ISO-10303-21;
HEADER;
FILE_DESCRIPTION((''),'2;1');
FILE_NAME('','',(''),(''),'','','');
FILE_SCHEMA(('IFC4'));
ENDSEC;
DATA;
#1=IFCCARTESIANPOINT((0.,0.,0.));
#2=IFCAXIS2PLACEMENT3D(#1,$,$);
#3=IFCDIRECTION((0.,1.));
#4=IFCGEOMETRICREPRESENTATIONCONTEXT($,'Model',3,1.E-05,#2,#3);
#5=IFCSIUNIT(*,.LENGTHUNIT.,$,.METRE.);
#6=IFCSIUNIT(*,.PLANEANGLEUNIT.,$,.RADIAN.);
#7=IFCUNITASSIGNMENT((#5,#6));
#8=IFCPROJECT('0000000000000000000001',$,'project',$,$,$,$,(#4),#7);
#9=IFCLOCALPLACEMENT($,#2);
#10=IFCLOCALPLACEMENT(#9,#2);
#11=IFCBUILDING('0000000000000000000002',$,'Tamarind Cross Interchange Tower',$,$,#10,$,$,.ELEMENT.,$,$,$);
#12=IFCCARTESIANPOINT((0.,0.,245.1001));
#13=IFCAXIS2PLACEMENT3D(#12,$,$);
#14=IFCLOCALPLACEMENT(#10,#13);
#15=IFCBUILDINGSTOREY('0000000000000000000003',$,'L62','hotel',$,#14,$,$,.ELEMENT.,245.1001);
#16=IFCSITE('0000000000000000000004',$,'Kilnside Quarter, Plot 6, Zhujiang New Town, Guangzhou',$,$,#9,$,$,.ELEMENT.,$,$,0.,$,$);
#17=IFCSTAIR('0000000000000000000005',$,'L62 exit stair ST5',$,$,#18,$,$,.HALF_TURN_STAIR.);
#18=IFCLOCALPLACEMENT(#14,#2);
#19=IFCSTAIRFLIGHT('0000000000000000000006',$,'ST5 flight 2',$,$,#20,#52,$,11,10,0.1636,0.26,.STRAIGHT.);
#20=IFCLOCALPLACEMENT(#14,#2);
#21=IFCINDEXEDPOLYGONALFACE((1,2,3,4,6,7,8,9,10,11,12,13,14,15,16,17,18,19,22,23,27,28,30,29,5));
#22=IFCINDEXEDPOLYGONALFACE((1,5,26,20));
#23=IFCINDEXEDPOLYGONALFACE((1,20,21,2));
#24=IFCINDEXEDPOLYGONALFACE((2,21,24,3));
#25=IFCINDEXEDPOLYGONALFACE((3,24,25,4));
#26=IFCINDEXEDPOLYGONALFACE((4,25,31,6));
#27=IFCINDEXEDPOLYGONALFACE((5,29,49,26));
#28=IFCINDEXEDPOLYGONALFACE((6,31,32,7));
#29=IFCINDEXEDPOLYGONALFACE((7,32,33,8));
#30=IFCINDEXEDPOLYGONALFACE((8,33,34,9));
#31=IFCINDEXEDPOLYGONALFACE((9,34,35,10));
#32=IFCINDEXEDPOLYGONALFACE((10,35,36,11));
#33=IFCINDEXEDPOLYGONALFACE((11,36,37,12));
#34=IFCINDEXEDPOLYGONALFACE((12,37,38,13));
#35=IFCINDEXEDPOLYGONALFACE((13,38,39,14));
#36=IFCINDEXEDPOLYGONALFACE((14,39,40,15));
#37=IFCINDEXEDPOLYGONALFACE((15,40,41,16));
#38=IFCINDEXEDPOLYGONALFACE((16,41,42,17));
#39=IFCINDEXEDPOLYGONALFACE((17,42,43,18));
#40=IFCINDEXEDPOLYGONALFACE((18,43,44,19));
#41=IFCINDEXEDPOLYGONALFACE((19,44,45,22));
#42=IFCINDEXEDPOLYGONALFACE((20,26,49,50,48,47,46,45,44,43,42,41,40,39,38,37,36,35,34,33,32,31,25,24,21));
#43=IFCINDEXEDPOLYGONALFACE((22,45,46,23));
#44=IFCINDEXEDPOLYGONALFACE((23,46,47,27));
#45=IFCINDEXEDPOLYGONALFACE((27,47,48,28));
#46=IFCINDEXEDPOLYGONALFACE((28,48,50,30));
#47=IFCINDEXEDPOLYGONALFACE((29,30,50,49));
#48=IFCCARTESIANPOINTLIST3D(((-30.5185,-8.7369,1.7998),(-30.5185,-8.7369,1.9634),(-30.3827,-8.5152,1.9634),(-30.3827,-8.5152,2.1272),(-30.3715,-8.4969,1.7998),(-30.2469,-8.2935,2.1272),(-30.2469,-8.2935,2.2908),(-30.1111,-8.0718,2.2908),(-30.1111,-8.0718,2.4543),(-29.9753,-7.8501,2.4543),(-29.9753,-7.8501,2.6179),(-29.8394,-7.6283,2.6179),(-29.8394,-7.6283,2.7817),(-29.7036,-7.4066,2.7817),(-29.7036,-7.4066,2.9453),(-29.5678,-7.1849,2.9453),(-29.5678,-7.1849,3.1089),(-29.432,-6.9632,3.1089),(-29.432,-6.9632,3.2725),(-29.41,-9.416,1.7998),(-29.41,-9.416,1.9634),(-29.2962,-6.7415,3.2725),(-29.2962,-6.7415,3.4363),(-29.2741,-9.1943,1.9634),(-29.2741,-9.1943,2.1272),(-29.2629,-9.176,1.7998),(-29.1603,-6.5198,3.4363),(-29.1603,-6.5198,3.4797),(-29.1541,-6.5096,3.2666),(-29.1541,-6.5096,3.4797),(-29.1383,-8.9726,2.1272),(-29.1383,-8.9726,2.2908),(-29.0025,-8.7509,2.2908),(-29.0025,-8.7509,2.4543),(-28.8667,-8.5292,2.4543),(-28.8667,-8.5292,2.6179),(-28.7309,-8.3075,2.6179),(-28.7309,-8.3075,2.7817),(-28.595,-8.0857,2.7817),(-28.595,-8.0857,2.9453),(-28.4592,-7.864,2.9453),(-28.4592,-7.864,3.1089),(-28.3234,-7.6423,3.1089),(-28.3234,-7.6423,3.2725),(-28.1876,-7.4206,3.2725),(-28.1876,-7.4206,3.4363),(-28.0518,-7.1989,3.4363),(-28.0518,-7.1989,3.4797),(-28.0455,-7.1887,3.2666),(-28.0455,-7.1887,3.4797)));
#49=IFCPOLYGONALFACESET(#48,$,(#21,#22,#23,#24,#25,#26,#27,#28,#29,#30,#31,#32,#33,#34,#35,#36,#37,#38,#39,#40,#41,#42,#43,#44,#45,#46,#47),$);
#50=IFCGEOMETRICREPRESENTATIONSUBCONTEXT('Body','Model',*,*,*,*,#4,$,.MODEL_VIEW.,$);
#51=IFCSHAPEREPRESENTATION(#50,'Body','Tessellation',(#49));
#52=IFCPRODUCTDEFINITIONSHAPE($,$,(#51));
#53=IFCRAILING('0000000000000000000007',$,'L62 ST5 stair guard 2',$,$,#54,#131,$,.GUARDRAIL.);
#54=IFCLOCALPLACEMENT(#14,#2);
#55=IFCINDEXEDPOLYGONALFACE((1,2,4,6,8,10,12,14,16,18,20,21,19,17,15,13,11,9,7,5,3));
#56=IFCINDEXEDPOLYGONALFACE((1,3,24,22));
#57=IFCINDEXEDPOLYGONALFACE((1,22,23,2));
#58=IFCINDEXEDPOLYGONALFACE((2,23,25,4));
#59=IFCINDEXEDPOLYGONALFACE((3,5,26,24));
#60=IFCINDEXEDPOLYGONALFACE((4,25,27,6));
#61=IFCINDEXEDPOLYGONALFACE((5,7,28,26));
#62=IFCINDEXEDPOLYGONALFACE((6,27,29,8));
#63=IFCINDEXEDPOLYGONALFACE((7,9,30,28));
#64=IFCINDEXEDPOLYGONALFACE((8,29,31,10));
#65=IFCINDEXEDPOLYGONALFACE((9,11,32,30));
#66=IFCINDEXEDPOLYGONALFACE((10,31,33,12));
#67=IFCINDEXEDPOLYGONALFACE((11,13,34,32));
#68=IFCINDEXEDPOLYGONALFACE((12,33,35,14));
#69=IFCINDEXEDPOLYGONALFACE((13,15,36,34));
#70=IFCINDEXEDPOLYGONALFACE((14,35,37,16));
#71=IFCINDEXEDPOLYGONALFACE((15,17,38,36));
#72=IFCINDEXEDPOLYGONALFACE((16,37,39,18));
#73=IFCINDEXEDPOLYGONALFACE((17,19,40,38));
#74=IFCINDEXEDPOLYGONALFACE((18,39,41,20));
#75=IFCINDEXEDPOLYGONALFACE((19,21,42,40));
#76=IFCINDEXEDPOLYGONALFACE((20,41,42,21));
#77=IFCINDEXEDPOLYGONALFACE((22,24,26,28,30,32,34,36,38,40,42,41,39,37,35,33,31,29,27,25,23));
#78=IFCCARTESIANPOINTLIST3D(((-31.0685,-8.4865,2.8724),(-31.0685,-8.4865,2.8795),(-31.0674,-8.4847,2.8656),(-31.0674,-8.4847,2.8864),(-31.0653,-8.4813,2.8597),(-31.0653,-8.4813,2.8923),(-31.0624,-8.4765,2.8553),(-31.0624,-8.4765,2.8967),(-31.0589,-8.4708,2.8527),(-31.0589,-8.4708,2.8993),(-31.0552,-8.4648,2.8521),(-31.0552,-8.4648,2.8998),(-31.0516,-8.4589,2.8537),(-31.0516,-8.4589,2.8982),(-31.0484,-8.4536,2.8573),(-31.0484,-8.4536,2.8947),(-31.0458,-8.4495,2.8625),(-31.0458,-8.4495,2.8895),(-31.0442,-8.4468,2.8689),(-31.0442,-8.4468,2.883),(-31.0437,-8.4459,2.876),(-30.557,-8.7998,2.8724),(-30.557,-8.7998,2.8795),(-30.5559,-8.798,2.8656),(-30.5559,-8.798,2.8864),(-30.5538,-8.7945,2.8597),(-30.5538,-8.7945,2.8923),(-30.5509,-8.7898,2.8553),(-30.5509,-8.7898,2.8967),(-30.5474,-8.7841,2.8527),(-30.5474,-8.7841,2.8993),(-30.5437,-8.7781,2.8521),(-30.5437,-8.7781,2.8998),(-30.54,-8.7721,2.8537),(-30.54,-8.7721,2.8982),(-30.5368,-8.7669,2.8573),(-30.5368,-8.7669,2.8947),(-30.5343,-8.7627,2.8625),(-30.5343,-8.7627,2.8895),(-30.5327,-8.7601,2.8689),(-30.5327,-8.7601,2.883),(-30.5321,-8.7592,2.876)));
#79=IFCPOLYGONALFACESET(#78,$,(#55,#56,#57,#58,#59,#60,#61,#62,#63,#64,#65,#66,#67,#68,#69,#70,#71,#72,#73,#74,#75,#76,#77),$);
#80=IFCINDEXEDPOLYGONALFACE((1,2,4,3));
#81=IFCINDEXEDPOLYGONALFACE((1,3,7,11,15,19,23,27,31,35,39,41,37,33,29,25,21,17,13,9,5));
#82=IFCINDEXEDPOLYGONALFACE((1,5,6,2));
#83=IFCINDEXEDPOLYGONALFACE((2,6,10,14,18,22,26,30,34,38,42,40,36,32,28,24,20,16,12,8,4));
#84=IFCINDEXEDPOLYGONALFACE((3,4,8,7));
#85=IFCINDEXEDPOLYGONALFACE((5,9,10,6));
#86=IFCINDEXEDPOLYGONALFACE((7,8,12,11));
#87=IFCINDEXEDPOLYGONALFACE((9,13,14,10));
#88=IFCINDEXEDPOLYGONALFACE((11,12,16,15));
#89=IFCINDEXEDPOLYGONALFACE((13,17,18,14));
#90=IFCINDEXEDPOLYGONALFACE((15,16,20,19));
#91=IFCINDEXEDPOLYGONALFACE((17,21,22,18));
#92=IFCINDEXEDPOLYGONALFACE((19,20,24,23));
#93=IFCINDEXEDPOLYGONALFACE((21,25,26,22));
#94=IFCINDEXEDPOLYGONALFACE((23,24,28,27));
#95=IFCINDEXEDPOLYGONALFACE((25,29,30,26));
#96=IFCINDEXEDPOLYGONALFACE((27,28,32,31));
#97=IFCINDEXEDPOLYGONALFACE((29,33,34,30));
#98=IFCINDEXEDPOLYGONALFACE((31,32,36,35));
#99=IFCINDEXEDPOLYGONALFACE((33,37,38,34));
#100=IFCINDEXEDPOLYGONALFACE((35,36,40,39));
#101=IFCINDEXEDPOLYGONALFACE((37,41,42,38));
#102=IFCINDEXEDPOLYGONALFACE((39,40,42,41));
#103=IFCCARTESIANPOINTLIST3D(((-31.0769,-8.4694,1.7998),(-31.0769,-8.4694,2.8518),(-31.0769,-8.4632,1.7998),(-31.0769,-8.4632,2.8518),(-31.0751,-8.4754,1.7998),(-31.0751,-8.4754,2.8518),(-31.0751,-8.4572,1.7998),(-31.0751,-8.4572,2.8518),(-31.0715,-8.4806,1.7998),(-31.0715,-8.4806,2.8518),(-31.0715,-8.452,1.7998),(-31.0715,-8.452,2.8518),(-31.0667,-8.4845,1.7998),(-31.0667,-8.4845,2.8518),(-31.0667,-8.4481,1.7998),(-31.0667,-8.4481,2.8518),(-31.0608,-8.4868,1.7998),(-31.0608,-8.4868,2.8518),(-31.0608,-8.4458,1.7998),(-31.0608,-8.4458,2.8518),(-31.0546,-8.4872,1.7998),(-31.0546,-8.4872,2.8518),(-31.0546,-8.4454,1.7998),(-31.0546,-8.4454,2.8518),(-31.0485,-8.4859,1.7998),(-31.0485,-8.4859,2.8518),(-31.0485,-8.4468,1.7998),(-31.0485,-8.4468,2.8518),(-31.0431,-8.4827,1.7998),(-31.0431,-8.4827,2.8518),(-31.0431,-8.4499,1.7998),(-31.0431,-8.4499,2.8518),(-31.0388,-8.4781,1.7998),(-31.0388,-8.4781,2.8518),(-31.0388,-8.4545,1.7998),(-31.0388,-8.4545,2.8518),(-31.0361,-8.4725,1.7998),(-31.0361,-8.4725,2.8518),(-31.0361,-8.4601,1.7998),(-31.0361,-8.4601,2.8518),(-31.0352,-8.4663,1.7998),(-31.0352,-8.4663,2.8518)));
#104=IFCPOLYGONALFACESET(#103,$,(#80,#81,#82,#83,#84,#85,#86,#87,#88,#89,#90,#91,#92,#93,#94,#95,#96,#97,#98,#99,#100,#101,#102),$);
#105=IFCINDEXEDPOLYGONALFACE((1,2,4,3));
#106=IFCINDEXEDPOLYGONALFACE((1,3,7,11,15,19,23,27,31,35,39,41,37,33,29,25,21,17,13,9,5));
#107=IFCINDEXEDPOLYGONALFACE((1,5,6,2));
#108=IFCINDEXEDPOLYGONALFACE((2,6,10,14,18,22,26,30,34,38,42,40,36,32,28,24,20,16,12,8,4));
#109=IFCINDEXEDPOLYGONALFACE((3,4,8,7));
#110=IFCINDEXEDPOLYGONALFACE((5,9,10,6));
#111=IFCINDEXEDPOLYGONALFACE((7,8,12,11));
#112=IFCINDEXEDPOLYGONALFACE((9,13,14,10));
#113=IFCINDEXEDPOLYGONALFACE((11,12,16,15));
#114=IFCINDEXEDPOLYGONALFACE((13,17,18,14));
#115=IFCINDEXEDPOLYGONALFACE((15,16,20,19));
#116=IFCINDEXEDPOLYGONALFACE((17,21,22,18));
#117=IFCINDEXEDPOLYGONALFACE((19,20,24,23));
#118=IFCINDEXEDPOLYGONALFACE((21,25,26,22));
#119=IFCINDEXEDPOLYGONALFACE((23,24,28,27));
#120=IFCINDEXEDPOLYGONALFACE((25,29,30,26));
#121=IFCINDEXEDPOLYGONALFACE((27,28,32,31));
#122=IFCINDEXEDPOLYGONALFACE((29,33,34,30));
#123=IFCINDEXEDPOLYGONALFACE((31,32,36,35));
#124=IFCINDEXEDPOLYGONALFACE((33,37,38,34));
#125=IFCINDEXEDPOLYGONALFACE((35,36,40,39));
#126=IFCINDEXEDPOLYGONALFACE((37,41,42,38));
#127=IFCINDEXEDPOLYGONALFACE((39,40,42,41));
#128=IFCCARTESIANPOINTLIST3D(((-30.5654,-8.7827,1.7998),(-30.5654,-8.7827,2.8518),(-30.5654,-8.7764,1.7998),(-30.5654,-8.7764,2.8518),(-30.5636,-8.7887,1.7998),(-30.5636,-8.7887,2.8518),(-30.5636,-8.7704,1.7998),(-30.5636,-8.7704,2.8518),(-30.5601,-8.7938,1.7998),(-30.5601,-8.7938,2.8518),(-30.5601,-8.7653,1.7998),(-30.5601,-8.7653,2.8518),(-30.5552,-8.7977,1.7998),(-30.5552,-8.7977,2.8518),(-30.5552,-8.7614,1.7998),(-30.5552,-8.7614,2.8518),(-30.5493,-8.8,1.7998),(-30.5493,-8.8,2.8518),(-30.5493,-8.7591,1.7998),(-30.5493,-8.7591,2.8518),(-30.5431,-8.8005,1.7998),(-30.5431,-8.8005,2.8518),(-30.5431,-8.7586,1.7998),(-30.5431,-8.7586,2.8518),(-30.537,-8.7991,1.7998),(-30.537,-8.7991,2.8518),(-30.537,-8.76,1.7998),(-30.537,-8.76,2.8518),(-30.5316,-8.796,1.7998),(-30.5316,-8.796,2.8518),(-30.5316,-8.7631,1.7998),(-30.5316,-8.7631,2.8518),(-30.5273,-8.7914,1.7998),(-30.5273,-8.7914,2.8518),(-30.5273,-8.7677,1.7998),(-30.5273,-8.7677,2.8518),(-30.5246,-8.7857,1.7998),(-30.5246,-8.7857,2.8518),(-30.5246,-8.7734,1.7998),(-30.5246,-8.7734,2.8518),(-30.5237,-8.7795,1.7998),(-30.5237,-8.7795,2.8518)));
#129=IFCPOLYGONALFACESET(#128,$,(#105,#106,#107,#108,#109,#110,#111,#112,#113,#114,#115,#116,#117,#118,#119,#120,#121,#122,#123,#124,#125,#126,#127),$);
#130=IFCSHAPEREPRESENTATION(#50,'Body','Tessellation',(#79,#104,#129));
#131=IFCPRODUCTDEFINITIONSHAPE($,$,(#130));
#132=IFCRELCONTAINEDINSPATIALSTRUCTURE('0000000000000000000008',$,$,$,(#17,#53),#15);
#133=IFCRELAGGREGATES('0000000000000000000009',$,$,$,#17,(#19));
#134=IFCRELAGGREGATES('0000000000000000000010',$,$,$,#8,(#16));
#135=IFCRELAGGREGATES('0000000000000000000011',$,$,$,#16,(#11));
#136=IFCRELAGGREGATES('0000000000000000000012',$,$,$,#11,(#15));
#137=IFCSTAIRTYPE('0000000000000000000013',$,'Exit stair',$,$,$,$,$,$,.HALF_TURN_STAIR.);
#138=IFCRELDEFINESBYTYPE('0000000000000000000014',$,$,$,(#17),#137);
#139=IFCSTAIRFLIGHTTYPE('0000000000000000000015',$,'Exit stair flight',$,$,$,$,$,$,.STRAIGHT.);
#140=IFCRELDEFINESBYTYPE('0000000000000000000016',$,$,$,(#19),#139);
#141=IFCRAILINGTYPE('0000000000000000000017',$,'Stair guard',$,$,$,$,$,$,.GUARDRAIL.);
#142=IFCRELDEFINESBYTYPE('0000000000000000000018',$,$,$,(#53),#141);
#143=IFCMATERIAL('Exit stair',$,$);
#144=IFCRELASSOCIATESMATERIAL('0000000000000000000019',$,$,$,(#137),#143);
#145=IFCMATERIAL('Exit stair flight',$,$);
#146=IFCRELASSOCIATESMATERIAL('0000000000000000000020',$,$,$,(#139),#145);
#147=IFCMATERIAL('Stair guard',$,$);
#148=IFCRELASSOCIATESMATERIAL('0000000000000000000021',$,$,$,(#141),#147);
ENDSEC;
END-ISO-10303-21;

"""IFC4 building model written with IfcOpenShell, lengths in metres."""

from ifc_helpers import new_model, si_unit, direction, frame, origin, origin_2d, place, context, subcontext, project, spatial, polyline, circle, outline, extrude, material, type_object, element, aggregate, save


model = new_model("IFC4")

# Units and contexts
model_context = context("Model", 3, precision=1e-05, world=origin(), true_north=direction((0.0, 1.0)))
body_context = subcontext(model_context, "Body", "Model", "MODEL_VIEW")
ifc_project = project(units=[si_unit("LENGTHUNIT", "METRE"), si_unit("PLANEANGLEUNIT", "RADIAN")], contexts=[model_context])

# Site, building, storey
site_placement = place(None, origin())
site = spatial("IfcSite", under=ifc_project, at=site_placement, Name="Kilnside Quarter, Plot 6, Zhujiang New Town, Guangzhou", CompositionType="ELEMENT", RefElevation=0.0)
building_placement = place(site_placement, origin())
building = spatial("IfcBuilding", under=site, at=building_placement, Name="Tamarind Cross Interchange Tower", CompositionType="ELEMENT")
storey_placement = place(building_placement, frame((0.0, 0.0, 245.1001)))
storey = spatial("IfcBuildingStorey", under=building, at=storey_placement, Name="L62", Description="hotel", CompositionType="ELEMENT", Elevation=245.1001)

# Stair, stair flight
ifc_material_1 = material(Name="Exit stair")
stair_type = type_object("IfcStairType", Name="Exit stair", PredefinedType="HALF_TURN_STAIR", material=ifc_material_1)
stair_placement = place(storey_placement, origin())
stair = element("IfcStair", 1, at=stair_placement, inside=storey, type_object=stair_type, Name="L62 exit stair ST5", PredefinedType="HALF_TURN_STAIR")
ifc_material_2 = material(Name="Exit stair flight")
stair_flight_type = type_object("IfcStairFlightType", Name="Exit stair flight", PredefinedType="STRAIGHT", material=ifc_material_2)
stair_flight_placement = place(storey_placement, frame((-29.9644, -9.0764, 1.7998), z_axis=(0.0, 0.0, 1.0), x_axis=(0.522368, 0.85272, 0.0)))
stair_flight = element("IfcStairFlight", 2, at=stair_flight_placement, type_object=stair_flight_type, Name="ST5 flight 2", NumberOfRisers=11, NumberOfTreads=10, PredefinedType="STRAIGHT", RiserHeight=0.1636, TreadLength=0.26, context=body_context, shape_type="SweptSolid", body=[
    extrude(outline(polyline([(0.0, 0.0), (0.0, 0.1636), (0.26, 0.1636), (0.26, 0.3274), (0.52, 0.3274), (0.52, 0.491), (0.78, 0.491), (0.78, 0.6545), (1.04, 0.6545), (1.04, 0.8181), (1.3, 0.8181), (1.3, 0.9819), (1.5601, 0.9819), (1.5601, 1.1455), (1.8201, 1.1455), (1.8201, 1.3091), (2.0801, 1.3091), (2.0801, 1.4727), (2.3401, 1.4727), (2.3401, 1.6365), (2.6001, 1.6365), (2.6001, 1.6799), (2.6121, 1.6799), (2.6121, 1.4668), (0.2815, 0.0), (0.0, 0.0)])), frame((0.0, 0.6499, 0.0), z_axis=(0.0, -1.0, 0.0), x_axis=(1.0, 0.0, 0.0)), (0.0, 0.0, 1.0), 1.3),
])
aggregate(stair, [stair_flight])

# Railing
ifc_material_3 = material(Name="Stair guard")
railing_type_1 = type_object("IfcRailingType", Name="Stair guard", PredefinedType="GUARDRAIL", material=ifc_material_3)
railing_1_placement = place(storey_placement, frame((-31.0562, -8.4663, 1.7998)))
element("IfcRailing", 3, at=railing_1_placement, inside=storey, type_object=railing_type_1, Name="L62 ST5 stair guard 2", PredefinedType="GUARDRAIL", context=body_context, shape_type="SweptSolid", body=[
    extrude(circle(Radius=0.0239, at=origin_2d()), frame((0.0, 0.0, 1.0762), z_axis=(0.852788, -0.522257, 0.0), x_axis=(0.522257, 0.852788, 0.0)), (0.0, 0.0, 1.0), 0.5999),
    extrude(circle(Radius=0.021, at=origin_2d()), origin(), (0.0, 0.0, 1.0), 1.052),
    extrude(circle(Radius=0.021, at=origin_2d()), frame((0.5115, -0.3132, 0.0)), (0.0, 0.0, 1.0), 1.052),
])

save(model, "model.ifc")
